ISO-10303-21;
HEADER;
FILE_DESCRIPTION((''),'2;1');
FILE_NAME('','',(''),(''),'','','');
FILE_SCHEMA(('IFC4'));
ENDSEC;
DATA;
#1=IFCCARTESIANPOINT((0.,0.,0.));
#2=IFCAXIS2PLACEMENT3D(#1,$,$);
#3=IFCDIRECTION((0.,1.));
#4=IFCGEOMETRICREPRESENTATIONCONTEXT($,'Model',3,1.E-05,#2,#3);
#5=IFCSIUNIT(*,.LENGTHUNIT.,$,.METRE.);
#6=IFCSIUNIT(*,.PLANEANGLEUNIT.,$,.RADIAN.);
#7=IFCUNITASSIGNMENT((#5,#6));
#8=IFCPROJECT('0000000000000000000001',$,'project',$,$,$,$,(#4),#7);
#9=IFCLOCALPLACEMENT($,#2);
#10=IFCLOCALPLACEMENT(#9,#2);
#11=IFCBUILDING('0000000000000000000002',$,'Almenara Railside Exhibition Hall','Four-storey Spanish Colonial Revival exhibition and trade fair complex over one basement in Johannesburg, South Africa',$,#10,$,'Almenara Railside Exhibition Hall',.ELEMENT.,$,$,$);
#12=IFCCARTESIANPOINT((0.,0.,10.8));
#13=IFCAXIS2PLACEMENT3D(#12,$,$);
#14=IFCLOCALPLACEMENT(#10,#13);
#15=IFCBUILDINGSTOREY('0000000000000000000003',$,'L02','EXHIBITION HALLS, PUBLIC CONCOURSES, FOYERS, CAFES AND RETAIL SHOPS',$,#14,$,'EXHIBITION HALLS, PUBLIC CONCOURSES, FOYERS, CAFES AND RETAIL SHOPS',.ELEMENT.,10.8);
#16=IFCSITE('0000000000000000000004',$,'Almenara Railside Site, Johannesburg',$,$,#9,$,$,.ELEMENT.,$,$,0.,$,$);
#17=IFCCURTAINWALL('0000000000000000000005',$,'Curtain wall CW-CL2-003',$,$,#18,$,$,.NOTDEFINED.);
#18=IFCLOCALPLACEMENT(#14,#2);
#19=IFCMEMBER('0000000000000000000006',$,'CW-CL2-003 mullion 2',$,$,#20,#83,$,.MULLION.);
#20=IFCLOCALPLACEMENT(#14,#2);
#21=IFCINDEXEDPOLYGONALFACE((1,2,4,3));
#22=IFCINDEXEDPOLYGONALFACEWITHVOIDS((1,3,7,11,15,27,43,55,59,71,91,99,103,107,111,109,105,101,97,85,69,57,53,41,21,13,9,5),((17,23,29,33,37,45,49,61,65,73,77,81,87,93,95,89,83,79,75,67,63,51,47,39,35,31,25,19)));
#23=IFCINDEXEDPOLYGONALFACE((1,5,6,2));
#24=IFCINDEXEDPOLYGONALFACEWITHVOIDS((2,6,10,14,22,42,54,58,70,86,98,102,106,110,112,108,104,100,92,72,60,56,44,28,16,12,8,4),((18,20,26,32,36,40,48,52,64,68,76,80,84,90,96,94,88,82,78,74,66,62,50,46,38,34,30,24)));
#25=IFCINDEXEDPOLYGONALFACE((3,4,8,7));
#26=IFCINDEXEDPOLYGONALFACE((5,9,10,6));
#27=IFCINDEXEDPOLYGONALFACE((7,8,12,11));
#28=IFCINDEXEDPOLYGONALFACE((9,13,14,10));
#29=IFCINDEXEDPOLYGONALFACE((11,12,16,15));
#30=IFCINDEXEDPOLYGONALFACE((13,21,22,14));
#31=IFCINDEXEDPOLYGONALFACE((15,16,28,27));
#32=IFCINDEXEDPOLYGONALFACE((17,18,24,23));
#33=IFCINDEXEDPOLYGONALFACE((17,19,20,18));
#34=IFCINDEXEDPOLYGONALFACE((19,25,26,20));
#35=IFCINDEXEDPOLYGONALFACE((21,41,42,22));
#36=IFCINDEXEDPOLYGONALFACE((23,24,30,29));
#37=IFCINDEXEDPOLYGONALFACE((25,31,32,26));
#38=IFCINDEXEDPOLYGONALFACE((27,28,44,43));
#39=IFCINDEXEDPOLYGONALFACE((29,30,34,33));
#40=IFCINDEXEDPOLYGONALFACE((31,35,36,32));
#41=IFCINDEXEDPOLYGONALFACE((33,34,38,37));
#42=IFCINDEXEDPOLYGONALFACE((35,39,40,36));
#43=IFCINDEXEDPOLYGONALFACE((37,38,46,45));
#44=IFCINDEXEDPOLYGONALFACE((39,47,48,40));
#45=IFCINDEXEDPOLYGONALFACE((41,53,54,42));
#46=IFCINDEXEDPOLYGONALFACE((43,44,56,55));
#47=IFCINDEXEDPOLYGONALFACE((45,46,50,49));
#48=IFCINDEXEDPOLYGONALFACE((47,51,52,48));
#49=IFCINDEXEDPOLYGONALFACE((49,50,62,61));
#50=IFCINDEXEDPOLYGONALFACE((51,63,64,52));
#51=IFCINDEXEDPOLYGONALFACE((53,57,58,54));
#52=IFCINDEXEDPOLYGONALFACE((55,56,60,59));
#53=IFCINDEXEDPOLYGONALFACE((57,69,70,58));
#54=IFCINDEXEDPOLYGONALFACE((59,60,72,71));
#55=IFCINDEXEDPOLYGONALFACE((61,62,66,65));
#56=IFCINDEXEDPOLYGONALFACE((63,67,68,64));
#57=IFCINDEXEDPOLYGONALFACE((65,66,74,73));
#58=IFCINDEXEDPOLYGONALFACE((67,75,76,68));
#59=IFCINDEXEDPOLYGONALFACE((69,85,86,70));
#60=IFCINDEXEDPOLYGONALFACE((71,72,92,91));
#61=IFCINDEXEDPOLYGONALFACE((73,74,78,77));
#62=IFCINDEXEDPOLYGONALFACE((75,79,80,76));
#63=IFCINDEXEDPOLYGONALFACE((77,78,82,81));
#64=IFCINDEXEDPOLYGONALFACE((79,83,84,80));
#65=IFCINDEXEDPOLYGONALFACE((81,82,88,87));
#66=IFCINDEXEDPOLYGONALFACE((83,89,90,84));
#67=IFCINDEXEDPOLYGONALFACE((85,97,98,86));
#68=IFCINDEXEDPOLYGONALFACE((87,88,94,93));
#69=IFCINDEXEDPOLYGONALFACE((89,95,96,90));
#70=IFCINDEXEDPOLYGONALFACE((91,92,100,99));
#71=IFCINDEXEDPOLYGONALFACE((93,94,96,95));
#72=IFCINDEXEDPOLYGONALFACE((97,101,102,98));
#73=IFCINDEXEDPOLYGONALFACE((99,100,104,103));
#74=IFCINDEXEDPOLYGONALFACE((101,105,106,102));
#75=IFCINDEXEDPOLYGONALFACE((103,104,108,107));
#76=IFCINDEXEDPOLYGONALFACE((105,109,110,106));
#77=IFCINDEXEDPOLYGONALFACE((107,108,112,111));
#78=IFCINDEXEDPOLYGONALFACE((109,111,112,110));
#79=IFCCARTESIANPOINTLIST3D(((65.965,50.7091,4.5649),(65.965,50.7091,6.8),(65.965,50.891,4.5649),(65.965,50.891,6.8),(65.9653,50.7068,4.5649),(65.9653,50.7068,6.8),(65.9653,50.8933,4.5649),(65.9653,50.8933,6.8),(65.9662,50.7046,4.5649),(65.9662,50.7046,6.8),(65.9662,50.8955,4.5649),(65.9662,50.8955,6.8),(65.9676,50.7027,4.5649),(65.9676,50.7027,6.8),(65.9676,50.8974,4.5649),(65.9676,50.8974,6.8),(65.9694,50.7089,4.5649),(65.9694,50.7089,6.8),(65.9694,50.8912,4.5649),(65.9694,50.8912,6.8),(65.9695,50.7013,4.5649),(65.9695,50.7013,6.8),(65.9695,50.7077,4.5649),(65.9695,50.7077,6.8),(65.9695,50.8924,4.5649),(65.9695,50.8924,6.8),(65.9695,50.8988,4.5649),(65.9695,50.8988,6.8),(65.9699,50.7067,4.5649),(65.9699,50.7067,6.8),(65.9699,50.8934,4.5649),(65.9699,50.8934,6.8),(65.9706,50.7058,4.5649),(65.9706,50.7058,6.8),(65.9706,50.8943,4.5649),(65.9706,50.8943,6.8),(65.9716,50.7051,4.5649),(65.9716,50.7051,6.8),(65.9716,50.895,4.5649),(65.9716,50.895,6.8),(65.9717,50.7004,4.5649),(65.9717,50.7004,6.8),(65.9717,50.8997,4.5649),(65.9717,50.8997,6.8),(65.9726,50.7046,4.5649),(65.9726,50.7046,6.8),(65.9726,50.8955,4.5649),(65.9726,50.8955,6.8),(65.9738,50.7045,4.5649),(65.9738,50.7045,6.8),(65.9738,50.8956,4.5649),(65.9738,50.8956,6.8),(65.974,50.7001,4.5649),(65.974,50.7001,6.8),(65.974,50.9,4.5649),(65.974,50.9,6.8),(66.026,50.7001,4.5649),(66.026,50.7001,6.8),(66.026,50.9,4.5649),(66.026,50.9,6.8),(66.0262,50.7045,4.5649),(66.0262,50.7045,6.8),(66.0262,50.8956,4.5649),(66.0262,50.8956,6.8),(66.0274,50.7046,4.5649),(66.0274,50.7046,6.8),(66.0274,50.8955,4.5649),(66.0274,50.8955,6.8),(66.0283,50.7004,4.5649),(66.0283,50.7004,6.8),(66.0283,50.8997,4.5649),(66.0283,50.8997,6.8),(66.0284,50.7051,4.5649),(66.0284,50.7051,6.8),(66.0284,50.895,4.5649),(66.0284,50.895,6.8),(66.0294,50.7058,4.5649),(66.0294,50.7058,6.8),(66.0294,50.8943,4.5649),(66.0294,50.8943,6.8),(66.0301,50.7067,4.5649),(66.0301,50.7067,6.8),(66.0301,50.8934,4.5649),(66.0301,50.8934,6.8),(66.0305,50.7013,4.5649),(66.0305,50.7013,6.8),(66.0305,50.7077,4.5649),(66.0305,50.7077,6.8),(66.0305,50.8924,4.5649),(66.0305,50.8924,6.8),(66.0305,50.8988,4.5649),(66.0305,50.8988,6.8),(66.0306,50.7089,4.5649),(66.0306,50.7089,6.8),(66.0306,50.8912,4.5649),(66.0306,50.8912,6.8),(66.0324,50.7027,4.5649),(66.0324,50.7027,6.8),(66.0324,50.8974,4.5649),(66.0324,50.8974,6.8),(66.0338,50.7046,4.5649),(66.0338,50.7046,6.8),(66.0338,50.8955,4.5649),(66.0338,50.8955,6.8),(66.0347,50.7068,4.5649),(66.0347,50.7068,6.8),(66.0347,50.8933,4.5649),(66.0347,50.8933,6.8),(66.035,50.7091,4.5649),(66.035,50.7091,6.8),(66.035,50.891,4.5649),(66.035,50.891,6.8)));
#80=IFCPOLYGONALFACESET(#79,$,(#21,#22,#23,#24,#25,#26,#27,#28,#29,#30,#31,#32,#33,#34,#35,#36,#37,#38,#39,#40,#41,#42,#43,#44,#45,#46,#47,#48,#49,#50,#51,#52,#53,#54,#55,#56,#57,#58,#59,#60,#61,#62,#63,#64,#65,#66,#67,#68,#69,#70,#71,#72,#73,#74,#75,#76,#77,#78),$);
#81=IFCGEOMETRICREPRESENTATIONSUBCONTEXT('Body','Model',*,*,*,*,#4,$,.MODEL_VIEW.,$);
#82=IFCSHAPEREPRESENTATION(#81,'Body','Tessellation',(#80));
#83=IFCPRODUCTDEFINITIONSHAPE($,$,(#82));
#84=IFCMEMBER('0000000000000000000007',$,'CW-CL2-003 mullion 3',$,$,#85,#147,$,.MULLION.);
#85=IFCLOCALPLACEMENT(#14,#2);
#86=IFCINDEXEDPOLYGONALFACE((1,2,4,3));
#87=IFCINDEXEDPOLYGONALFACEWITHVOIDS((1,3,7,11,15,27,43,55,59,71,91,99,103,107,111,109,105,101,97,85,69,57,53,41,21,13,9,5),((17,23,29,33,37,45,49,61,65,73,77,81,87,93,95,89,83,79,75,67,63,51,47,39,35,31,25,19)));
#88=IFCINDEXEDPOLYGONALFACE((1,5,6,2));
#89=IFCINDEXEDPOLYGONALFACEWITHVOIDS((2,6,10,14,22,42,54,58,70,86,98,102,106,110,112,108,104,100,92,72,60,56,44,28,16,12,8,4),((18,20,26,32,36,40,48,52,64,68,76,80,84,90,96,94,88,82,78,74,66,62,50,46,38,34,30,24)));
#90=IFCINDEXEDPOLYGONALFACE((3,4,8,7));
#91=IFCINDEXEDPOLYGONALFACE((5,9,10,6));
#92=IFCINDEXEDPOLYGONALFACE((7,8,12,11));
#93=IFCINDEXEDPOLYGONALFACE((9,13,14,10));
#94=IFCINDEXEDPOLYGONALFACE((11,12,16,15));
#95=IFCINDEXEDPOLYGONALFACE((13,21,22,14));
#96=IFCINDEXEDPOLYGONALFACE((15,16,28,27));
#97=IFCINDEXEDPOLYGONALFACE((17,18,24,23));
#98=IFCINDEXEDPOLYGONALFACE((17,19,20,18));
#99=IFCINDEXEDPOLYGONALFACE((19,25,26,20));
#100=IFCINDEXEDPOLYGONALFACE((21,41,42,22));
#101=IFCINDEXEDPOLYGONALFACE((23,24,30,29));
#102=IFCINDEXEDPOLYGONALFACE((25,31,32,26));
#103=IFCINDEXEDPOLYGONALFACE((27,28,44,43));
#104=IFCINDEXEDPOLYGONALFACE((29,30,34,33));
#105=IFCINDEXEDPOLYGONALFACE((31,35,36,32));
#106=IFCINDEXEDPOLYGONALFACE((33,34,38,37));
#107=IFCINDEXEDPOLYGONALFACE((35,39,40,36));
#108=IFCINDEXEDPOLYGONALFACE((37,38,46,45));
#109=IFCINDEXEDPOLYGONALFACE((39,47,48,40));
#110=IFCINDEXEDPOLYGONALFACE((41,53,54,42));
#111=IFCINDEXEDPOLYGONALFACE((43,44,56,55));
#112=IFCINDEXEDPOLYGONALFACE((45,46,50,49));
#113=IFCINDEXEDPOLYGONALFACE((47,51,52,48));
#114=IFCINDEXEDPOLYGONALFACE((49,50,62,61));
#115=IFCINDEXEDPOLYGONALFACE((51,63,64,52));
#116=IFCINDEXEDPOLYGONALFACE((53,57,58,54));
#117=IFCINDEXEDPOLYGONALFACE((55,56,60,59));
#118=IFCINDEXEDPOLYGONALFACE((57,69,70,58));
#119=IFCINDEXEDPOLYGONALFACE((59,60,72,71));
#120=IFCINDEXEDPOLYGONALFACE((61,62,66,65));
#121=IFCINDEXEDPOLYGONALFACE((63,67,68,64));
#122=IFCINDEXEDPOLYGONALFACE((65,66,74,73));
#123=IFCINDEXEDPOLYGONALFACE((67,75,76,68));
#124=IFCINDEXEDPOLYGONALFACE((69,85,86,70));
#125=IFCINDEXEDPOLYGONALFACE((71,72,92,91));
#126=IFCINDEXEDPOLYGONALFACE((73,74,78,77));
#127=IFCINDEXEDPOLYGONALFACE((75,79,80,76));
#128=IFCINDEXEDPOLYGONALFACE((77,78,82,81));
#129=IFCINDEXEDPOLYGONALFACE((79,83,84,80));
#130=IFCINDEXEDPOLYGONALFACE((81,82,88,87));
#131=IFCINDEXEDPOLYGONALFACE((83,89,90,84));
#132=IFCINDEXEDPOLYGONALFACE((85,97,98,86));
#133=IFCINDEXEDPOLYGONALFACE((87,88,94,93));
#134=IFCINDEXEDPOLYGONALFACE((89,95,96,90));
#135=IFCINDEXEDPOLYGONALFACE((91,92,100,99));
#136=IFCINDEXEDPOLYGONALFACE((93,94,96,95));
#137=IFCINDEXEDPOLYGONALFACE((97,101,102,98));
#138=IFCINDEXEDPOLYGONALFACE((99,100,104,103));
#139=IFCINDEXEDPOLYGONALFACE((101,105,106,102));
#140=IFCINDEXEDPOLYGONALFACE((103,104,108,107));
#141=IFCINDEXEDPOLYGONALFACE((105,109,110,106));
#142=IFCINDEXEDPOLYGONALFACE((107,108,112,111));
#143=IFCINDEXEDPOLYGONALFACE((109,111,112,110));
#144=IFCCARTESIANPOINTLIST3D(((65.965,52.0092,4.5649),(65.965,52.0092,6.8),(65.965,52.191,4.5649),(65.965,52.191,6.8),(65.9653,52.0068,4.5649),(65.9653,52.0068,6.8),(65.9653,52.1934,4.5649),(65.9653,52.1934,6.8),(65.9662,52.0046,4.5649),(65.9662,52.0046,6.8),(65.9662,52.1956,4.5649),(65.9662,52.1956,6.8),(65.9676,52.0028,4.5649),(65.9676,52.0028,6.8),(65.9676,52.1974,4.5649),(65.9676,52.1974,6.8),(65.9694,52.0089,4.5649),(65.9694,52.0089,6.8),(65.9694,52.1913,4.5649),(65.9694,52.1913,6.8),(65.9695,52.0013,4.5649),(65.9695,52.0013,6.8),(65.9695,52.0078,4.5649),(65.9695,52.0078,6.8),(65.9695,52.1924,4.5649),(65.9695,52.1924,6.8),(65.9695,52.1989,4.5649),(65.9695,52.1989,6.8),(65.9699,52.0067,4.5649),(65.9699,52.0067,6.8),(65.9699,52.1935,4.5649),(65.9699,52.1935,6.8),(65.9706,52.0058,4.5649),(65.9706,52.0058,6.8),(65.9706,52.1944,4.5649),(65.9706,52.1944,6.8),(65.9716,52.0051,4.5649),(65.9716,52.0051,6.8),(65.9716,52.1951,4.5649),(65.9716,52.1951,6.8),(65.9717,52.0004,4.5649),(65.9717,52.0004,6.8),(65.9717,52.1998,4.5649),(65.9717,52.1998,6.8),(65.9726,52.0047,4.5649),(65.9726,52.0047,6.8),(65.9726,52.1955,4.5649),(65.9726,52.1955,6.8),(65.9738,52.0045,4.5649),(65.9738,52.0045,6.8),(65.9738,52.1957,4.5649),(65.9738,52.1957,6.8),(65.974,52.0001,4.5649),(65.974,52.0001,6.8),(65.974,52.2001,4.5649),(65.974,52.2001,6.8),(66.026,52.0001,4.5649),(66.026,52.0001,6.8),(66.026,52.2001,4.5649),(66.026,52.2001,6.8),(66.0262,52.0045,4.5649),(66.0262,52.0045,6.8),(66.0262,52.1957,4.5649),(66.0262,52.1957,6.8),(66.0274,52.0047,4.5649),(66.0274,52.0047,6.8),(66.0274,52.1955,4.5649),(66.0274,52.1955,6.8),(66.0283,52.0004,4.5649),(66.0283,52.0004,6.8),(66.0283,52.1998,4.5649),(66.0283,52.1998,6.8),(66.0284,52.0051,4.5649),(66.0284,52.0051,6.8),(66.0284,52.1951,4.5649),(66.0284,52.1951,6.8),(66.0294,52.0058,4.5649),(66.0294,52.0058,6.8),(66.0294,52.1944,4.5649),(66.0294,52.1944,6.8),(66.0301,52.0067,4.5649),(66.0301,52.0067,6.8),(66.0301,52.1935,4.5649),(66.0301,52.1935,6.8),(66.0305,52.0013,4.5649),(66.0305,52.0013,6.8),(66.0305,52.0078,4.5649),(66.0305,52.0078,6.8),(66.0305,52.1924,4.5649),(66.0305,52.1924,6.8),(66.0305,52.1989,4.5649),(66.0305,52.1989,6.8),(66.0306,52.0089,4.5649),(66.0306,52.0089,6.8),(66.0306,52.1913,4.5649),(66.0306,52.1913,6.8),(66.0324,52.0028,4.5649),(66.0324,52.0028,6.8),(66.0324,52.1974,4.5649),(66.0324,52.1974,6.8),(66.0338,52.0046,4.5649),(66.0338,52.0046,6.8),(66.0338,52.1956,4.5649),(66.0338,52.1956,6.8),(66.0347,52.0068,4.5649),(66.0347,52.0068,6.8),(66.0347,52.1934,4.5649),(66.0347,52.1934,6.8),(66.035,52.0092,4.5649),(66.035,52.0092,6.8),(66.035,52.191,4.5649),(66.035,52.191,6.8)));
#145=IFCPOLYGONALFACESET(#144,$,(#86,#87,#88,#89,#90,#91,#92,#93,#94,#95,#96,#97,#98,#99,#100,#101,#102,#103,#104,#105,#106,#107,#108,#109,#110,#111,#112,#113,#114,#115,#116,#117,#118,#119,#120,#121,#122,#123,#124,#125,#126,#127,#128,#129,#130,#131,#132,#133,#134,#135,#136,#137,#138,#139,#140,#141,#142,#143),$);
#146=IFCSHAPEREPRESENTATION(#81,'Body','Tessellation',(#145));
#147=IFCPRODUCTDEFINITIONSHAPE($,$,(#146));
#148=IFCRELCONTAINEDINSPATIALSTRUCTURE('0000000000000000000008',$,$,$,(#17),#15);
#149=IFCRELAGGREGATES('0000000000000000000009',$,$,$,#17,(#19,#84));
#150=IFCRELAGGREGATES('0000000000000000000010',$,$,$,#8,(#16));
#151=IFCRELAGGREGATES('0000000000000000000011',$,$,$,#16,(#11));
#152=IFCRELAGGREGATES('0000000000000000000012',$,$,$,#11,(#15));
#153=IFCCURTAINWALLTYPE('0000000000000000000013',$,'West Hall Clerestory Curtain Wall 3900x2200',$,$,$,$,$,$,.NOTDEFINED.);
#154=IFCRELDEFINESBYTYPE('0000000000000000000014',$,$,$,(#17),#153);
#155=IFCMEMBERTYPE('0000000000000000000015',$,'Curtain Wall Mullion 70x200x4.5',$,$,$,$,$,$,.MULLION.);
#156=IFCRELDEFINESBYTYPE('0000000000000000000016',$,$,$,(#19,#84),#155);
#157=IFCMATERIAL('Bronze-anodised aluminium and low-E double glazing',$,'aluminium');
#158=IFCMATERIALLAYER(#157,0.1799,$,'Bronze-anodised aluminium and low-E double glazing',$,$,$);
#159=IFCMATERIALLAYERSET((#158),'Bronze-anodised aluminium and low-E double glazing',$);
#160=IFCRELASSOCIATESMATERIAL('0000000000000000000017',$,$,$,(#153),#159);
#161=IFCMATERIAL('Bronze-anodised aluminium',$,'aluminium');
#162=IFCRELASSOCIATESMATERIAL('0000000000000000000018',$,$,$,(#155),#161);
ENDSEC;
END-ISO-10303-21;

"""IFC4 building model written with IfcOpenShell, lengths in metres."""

from ifc_helpers import new_model, si_unit, direction, frame, origin, origin_2d, place, context, subcontext, project, spatial, hollow_rectangle, extrude, material, layer, layer_set, material_profile, profile_set, type_object, element, aggregate, save


model = new_model("IFC4")

# Units and contexts
model_context = context("Model", 3, precision=1e-05, world=origin(), true_north=direction((0.0, 1.0)))
body_context = subcontext(model_context, "Body", "Model", "MODEL_VIEW")
ifc_project = project(units=[si_unit("LENGTHUNIT", "METRE"), si_unit("PLANEANGLEUNIT", "RADIAN")], contexts=[model_context])

# Site, building, storey
site_placement = place(None, origin())
site = spatial("IfcSite", under=ifc_project, at=site_placement, Name="Almenara Railside Site, Johannesburg", CompositionType="ELEMENT", RefElevation=0.0)
building_placement = place(site_placement, origin())
building = spatial("IfcBuilding", under=site, at=building_placement, Name="Almenara Railside Exhibition Hall", Description="Four-storey Spanish Colonial Revival exhibition and trade fair complex over one basement in Johannesburg, South Africa", LongName="Almenara Railside Exhibition Hall", CompositionType="ELEMENT")
storey_placement = place(building_placement, frame((0.0, 0.0, 10.8)))
storey = spatial("IfcBuildingStorey", under=building, at=storey_placement, Name="L02", Description="EXHIBITION HALLS, PUBLIC CONCOURSES, FOYERS, CAFES AND RETAIL SHOPS", LongName="EXHIBITION HALLS, PUBLIC CONCOURSES, FOYERS, CAFES AND RETAIL SHOPS", CompositionType="ELEMENT", Elevation=10.8)

# Curtain wall, members
ifc_material_1 = material(Name="Bronze-anodised aluminium and low-E double glazing", Category="aluminium")
ifc_material_2 = material(Name="Bronze-anodised aluminium", Category="aluminium")
ifc_layer_1 = layer(ifc_material_1, 0.1799, Name="Bronze-anodised aluminium and low-E double glazing")
ifc_layer_set_1 = layer_set([ifc_layer_1], Name="Bronze-anodised aluminium and low-E double glazing")
curtain_wall_type_1 = type_object("IfcCurtainWallType", Name="West Hall Clerestory Curtain Wall 3900x2200", PredefinedType="NOTDEFINED", material=ifc_layer_set_1)
curtain_wall_1_placement = place(storey_placement, origin())
curtain_wall_1 = element("IfcCurtainWall", 1, at=curtain_wall_1_placement, inside=storey, type_object=curtain_wall_type_1, Name="Curtain wall CW-CL2-003", PredefinedType="NOTDEFINED")
ifc_material_profile_1 = material_profile(ifc_material_2, hollow_rectangle(XDim=0.0701, YDim=0.2, WallThickness=0.0044, InnerFilletRadius=0.0044, OuterFilletRadius=0.009, at=origin_2d()), Name="ALU-MUL 70x200x4.5")
ifc_profile_set_1 = profile_set([ifc_material_profile_1], Name="Bronze-anodised aluminium")
member_type_1 = type_object("IfcMemberType", Name="Curtain Wall Mullion 70x200x4.5", PredefinedType="MULLION", material=ifc_profile_set_1)
member_1_placement = place(storey_placement, frame((66.0, 50.8, 4.5649), z_axis=(0.0, 0.0, 1.0), x_axis=(-1.0, 0.0, 0.0)))
member_1 = element("IfcMember", 2, at=member_1_placement, type_object=member_type_1, Name="CW-CL2-003 mullion 2", PredefinedType="MULLION", context=body_context, shape_type="SweptSolid", body=[
    extrude(hollow_rectangle(XDim=0.0701, YDim=0.2, WallThickness=0.0044, InnerFilletRadius=0.0044, OuterFilletRadius=0.009, at=origin_2d()), origin(), (0.0, 0.0, 1.0), 2.2351),
])
member_2_placement = place(storey_placement, frame((66.0, 52.1001, 4.5649), z_axis=(0.0, 0.0, 1.0), x_axis=(-1.0, 0.0, 0.0)))
member_2 = element("IfcMember", 3, at=member_2_placement, type_object=member_type_1, Name="CW-CL2-003 mullion 3", PredefinedType="MULLION", context=body_context, shape_type="SweptSolid", body=[
    extrude(hollow_rectangle(XDim=0.0701, YDim=0.2, WallThickness=0.0044, InnerFilletRadius=0.0044, OuterFilletRadius=0.009, at=origin_2d()), origin(), (0.0, 0.0, 1.0), 2.2351),
])
aggregate(curtain_wall_1, [member_1, member_2])

save(model, "model.ifc")
